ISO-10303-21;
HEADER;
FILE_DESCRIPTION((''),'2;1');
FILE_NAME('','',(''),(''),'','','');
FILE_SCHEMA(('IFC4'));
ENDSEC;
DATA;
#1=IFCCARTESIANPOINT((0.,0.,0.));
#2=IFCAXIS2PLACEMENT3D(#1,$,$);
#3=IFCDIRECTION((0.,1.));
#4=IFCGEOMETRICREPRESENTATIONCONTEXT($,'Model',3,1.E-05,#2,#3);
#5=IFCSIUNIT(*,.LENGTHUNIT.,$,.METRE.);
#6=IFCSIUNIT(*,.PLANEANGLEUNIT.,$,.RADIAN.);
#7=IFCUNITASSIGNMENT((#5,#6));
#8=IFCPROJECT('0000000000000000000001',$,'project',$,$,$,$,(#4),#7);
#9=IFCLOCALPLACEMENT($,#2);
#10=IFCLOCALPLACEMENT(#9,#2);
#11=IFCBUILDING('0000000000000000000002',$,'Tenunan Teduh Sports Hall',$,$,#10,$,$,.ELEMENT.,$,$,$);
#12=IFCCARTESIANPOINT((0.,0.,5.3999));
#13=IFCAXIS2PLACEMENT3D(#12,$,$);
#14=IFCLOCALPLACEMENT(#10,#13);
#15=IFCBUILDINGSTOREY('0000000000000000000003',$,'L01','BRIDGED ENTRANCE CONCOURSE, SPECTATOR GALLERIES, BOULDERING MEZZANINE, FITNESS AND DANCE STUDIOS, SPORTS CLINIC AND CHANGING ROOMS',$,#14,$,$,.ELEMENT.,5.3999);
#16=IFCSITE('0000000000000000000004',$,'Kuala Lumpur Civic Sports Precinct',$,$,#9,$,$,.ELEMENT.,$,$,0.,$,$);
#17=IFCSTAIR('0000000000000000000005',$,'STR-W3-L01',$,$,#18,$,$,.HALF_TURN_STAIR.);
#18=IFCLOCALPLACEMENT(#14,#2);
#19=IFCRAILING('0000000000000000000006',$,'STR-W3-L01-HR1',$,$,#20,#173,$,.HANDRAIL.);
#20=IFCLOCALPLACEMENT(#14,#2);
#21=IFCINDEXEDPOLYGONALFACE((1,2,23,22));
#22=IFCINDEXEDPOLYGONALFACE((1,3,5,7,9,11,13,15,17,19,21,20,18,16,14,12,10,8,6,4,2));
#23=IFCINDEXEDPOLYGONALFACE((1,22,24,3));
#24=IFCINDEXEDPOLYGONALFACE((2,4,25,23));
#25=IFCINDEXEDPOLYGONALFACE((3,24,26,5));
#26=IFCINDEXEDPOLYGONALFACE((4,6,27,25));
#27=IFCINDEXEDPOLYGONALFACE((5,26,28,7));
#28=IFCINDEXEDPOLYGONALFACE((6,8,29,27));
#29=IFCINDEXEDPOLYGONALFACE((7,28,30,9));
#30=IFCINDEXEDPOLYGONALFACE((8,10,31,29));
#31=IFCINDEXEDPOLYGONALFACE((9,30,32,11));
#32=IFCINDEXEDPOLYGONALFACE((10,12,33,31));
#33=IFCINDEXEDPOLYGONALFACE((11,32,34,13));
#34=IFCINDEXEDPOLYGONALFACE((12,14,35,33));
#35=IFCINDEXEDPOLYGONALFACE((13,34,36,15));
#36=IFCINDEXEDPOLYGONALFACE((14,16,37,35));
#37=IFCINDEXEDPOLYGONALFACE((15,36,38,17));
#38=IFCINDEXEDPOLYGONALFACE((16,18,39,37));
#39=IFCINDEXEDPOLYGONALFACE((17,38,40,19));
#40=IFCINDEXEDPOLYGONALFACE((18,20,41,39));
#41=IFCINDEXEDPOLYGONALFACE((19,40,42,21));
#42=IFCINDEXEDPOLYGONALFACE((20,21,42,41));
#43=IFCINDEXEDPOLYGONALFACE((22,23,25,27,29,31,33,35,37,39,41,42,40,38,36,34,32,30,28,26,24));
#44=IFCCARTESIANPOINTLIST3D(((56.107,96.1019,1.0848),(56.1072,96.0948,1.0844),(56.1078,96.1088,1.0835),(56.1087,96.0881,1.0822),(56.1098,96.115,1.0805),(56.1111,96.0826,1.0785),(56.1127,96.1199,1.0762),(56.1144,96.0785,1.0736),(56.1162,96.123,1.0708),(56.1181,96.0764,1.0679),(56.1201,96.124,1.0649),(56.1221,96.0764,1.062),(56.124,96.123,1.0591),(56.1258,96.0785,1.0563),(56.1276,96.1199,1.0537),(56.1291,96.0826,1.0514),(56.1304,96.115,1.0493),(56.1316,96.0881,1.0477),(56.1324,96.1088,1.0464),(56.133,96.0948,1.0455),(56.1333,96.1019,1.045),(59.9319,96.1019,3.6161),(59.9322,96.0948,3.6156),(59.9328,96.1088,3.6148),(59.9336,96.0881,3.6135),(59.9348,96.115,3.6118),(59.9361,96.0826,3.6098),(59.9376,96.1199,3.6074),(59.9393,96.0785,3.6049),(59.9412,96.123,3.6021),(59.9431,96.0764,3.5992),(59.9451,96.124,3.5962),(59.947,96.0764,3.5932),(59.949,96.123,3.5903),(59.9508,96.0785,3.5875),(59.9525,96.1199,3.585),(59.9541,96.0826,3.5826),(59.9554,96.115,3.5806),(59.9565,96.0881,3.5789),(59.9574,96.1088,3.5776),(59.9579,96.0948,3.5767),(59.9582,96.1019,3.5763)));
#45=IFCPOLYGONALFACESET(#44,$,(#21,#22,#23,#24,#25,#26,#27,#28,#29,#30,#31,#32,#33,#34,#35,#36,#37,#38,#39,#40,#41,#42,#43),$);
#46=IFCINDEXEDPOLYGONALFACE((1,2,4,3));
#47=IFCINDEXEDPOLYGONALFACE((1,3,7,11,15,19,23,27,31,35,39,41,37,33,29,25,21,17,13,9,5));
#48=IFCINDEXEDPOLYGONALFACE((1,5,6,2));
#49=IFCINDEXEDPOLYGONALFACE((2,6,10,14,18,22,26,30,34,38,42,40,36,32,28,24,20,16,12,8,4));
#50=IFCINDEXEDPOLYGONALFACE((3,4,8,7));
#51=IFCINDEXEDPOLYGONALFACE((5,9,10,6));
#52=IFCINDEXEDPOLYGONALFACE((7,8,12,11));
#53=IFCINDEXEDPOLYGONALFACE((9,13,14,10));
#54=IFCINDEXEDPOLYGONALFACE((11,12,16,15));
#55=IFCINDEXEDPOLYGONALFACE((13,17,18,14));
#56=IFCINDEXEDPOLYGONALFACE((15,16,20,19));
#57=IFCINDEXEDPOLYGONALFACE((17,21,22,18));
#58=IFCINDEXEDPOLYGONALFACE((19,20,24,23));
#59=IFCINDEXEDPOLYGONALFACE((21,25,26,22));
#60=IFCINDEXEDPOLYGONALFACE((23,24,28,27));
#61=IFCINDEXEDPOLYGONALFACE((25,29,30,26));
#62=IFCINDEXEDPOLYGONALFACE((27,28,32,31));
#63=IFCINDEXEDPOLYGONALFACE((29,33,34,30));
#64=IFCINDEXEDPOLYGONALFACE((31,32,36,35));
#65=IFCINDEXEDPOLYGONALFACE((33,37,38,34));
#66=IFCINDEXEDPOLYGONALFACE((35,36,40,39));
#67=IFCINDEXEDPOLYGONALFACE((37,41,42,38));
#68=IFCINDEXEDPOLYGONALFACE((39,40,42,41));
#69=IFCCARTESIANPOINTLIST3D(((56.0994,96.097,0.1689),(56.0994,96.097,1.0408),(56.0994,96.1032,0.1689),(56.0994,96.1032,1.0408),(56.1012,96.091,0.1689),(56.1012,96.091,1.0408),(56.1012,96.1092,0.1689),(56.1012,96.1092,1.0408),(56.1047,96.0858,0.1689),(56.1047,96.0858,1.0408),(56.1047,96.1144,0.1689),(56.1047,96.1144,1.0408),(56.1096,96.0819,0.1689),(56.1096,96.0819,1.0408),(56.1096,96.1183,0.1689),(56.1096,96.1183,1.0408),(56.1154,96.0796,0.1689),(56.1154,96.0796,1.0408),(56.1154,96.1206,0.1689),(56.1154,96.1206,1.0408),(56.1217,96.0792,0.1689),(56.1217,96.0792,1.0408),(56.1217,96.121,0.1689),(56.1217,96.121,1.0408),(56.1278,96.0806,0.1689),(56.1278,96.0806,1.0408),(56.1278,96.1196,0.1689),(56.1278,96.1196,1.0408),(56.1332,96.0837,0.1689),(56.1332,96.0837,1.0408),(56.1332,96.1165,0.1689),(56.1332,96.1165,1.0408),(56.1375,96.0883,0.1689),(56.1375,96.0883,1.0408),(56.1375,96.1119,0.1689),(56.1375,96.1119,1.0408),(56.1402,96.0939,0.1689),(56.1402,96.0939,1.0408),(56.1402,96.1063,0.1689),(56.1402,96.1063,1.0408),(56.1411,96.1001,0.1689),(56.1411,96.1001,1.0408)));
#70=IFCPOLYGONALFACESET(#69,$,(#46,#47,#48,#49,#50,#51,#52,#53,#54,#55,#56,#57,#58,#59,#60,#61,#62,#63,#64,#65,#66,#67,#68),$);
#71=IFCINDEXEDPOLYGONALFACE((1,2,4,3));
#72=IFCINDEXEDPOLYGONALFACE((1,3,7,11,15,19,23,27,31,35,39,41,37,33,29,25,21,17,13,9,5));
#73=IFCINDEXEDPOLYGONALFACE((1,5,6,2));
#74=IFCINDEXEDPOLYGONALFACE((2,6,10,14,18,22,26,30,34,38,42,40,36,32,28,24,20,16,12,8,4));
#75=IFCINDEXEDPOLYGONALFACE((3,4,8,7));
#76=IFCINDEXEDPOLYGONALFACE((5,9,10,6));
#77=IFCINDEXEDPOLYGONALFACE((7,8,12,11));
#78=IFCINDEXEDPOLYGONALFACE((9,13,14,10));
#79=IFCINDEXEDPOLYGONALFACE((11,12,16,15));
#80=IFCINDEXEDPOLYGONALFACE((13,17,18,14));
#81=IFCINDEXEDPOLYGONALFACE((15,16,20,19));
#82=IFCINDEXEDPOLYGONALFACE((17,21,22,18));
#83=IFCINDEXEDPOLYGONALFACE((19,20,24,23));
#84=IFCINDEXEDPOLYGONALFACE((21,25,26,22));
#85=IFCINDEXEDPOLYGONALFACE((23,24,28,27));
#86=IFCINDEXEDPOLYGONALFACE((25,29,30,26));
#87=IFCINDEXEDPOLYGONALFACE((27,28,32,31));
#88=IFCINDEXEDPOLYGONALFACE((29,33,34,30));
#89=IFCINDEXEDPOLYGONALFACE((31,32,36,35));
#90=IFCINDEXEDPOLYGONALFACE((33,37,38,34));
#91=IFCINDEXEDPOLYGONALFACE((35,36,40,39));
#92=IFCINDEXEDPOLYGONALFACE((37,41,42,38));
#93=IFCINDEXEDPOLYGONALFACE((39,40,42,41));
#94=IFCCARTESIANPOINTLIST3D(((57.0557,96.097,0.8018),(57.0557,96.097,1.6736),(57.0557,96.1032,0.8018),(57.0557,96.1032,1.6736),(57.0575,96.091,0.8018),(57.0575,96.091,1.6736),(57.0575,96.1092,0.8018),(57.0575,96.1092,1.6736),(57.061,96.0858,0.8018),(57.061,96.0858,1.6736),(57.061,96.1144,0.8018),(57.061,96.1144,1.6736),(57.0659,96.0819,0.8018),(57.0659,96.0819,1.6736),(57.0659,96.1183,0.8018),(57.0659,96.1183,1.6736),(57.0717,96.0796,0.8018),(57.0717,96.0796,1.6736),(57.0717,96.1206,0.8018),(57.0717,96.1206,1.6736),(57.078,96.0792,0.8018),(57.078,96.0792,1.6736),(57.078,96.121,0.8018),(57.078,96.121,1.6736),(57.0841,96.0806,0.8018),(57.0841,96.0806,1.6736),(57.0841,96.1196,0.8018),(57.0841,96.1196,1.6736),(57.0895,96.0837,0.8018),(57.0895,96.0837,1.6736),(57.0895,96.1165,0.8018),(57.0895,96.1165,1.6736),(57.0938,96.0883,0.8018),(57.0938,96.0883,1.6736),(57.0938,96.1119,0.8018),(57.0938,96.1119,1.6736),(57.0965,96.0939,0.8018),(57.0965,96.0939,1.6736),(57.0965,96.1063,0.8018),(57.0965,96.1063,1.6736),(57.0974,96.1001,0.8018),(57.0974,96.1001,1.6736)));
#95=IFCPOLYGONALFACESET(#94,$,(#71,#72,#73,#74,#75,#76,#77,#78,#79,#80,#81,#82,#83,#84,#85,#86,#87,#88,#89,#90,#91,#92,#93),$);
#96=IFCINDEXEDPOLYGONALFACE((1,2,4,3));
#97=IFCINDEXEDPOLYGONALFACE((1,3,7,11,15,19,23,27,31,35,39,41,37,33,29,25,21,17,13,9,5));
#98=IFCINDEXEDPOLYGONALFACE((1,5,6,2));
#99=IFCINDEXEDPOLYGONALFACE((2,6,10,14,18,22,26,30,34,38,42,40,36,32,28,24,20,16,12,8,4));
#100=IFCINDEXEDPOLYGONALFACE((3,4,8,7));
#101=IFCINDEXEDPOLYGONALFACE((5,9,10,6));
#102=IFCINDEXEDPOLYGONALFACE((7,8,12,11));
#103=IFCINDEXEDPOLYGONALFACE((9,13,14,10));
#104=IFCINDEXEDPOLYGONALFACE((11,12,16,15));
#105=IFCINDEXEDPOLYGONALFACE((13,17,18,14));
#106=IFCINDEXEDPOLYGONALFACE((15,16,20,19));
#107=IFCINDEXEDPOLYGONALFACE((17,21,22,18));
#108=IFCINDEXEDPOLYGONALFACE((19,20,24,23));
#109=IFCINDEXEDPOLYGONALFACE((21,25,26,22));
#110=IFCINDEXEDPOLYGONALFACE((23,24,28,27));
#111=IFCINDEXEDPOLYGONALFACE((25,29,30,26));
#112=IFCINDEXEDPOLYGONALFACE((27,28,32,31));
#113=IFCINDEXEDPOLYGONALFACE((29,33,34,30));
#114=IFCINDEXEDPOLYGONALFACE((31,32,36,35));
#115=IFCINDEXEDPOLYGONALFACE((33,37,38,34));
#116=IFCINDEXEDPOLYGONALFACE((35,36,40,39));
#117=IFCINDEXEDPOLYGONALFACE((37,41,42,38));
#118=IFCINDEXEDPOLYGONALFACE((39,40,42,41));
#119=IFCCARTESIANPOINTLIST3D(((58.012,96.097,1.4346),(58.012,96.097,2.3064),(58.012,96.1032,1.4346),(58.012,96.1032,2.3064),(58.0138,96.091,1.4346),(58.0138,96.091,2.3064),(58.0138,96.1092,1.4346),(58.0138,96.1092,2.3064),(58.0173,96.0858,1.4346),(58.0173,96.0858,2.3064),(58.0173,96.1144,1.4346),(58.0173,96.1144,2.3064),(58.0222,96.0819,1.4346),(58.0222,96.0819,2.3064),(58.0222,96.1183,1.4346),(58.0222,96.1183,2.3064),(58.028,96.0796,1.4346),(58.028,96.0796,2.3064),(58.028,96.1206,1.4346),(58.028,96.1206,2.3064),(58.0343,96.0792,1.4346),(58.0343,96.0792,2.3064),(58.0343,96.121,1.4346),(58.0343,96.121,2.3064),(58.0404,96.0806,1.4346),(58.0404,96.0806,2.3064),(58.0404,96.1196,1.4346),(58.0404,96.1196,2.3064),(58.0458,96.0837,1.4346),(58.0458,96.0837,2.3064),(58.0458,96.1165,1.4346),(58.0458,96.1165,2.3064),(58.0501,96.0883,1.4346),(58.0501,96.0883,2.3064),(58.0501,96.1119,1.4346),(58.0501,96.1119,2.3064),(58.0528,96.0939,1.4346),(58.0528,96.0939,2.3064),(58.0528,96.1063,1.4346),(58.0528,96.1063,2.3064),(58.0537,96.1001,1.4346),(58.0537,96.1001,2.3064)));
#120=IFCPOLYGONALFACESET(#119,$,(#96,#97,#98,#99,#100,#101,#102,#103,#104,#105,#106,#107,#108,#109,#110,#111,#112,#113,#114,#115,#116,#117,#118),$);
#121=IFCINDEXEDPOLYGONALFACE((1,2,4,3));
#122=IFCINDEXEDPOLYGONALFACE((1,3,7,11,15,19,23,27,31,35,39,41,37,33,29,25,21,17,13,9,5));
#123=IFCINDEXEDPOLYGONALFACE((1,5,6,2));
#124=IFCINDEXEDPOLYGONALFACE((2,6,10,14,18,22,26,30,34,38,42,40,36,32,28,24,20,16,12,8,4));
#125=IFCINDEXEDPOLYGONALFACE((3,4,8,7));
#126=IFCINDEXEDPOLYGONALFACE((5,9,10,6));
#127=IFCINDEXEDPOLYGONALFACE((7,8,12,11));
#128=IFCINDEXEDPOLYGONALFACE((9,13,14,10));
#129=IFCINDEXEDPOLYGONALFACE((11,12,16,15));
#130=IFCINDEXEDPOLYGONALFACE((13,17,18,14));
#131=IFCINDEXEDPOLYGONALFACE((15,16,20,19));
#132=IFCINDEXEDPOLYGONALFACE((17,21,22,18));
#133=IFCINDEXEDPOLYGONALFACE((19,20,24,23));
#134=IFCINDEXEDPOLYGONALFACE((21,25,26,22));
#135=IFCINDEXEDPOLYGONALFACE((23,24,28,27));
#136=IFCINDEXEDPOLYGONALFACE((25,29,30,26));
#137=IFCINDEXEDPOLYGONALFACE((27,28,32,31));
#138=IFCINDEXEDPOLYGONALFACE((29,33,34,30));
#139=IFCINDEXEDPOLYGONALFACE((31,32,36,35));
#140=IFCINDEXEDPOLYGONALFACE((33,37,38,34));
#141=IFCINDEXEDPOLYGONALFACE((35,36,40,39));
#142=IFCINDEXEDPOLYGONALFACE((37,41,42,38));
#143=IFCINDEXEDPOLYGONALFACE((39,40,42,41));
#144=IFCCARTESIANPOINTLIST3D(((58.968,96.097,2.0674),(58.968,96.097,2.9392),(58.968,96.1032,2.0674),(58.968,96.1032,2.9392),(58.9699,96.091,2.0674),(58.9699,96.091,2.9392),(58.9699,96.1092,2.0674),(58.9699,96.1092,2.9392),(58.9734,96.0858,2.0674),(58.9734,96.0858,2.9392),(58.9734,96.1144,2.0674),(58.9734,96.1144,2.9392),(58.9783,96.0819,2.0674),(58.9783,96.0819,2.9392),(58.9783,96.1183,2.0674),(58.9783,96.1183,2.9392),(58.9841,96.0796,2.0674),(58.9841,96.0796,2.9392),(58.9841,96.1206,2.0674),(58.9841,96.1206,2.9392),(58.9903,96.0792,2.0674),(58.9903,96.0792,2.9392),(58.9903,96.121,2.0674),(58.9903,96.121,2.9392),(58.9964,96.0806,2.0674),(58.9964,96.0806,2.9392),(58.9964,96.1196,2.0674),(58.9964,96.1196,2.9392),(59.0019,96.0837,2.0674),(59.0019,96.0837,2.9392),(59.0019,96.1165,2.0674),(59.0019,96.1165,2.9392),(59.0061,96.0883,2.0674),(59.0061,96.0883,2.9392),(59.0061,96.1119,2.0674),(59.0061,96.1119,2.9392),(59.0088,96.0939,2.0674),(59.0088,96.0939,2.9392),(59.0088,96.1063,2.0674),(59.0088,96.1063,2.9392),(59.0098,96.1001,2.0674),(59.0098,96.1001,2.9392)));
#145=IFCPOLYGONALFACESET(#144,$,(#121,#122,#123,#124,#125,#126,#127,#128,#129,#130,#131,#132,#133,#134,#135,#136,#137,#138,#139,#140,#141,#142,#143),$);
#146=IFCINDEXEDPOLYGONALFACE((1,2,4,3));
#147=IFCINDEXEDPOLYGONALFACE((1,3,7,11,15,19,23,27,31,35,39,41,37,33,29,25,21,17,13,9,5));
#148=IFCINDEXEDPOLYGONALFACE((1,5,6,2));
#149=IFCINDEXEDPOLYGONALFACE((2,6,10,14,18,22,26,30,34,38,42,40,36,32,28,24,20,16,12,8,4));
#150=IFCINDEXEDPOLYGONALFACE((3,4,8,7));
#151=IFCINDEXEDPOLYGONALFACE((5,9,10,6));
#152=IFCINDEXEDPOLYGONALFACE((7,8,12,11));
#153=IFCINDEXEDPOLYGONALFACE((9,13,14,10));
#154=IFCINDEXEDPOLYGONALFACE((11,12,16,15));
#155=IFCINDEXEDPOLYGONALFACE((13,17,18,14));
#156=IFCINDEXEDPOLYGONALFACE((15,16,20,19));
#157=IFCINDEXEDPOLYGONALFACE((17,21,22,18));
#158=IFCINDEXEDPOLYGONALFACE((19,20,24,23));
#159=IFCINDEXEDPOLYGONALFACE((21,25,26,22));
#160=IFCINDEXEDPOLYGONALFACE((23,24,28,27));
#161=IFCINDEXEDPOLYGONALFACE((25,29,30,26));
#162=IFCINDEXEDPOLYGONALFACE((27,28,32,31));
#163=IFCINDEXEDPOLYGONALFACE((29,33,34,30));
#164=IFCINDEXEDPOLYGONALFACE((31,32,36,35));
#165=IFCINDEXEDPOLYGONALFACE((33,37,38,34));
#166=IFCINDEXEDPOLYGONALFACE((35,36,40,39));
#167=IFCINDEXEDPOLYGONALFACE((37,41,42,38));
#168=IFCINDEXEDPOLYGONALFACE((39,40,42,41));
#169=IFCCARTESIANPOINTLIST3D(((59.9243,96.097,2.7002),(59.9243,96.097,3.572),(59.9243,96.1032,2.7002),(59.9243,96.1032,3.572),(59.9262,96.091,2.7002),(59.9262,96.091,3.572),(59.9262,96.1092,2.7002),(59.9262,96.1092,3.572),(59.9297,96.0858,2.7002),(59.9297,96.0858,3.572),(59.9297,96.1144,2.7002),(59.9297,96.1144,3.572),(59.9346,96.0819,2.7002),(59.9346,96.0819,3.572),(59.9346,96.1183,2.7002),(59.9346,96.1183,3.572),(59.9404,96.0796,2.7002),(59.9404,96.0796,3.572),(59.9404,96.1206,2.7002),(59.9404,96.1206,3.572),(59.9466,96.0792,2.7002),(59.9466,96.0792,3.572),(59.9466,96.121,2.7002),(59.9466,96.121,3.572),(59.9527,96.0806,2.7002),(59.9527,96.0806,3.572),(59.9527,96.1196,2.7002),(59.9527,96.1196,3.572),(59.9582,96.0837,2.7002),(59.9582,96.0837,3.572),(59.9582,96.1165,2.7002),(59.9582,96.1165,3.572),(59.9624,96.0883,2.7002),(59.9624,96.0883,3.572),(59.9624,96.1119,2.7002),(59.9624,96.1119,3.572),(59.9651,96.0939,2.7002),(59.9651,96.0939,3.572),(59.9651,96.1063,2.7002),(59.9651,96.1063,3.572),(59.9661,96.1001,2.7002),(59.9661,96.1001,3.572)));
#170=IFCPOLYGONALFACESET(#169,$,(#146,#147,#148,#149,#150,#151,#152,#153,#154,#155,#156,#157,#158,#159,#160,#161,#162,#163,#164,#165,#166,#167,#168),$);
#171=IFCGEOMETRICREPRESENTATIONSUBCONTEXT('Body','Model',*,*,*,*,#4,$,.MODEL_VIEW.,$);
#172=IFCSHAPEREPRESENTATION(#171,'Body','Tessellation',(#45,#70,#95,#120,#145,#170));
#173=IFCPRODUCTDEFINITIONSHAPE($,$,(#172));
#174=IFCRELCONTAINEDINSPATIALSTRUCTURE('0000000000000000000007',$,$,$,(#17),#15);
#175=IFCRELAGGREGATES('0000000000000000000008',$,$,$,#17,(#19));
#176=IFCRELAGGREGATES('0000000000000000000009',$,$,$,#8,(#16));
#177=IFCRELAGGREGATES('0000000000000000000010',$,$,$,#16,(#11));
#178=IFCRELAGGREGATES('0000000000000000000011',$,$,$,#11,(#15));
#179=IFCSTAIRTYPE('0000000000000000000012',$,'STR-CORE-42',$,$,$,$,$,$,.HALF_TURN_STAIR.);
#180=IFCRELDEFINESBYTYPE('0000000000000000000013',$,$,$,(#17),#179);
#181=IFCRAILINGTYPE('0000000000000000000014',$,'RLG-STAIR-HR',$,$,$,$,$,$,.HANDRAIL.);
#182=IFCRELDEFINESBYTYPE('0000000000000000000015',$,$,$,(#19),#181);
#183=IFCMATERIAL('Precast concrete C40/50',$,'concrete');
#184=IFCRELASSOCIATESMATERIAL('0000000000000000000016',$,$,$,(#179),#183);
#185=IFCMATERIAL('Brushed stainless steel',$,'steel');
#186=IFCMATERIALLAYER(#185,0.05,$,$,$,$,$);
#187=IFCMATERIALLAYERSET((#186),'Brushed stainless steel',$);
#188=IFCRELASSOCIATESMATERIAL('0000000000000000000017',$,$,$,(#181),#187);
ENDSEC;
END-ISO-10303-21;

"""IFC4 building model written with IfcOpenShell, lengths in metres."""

from ifc_helpers import new_model, si_unit, direction, frame, origin, origin_2d, place, context, subcontext, project, spatial, circle, extrude, material, layer, layer_set, type_object, element, aggregate, save


model = new_model("IFC4")

# Units and contexts
model_context = context("Model", 3, precision=1e-05, world=origin(), true_north=direction((0.0, 1.0)))
body_context = subcontext(model_context, "Body", "Model", "MODEL_VIEW")
ifc_project = project(units=[si_unit("LENGTHUNIT", "METRE"), si_unit("PLANEANGLEUNIT", "RADIAN")], contexts=[model_context])

# Site, building, storey
site_placement = place(None, origin())
site = spatial("IfcSite", under=ifc_project, at=site_placement, Name="Kuala Lumpur Civic Sports Precinct", CompositionType="ELEMENT", RefElevation=0.0)
building_placement = place(site_placement, origin())
building = spatial("IfcBuilding", under=site, at=building_placement, Name="Tenunan Teduh Sports Hall", CompositionType="ELEMENT")
storey_placement = place(building_placement, frame((0.0, 0.0, 5.3999)))
storey = spatial("IfcBuildingStorey", under=building, at=storey_placement, Name="L01", Description="BRIDGED ENTRANCE CONCOURSE, SPECTATOR GALLERIES, BOULDERING MEZZANINE, FITNESS AND DANCE STUDIOS, SPORTS CLINIC AND CHANGING ROOMS", CompositionType="ELEMENT", Elevation=5.3999)

# Stair
ifc_material_1 = material(Name="Precast concrete C40/50", Category="concrete")
stair_type = type_object("IfcStairType", Name="STR-CORE-42", PredefinedType="HALF_TURN_STAIR", material=ifc_material_1)
stair_placement = place(storey_placement, origin())
stair = element("IfcStair", 1, at=stair_placement, inside=storey, type_object=stair_type, Name="STR-W3-L01", PredefinedType="HALF_TURN_STAIR")

# Railing
ifc_material_2 = material(Name="Brushed stainless steel", Category="steel")
ifc_layer_1 = layer(ifc_material_2, 0.05)
ifc_layer_set_1 = layer_set([ifc_layer_1], Name="Brushed stainless steel")
railing_type_1 = type_object("IfcRailingType", Name="RLG-STAIR-HR", PredefinedType="HANDRAIL", material=ifc_layer_set_1)
railing_1_placement = place(storey_placement, frame((56.1201, 96.1001, 0.1689)))
railing_1 = element("IfcRailing", 2, at=railing_1_placement, type_object=railing_type_1, Name="STR-W3-L01-HR1", PredefinedType="HANDRAIL", context=body_context, shape_type="SweptSolid", body=[
    extrude(circle(Radius=0.0239, at=origin_2d()), frame((0.0, 0.0, 0.896), z_axis=(0.833929, 0.0, 0.551872), x_axis=(0.0, 1.0, 0.0)), (0.0, 0.0, 1.0), 4.5867),
    extrude(circle(Radius=0.021, at=origin_2d()), origin(), (0.0, 0.0, 1.0), 0.8718),
    extrude(circle(Radius=0.021, at=origin_2d()), frame((0.9563, 0.0, 0.6328)), (0.0, 0.0, 1.0), 0.8718),
    extrude(circle(Radius=0.021, at=origin_2d()), frame((1.9126, 0.0, 1.2656)), (0.0, 0.0, 1.0), 0.8718),
    extrude(circle(Radius=0.021, at=origin_2d()), frame((2.8687, 0.0, 1.8984)), (0.0, 0.0, 1.0), 0.8718),
    extrude(circle(Radius=0.021, at=origin_2d()), frame((3.825, 0.0, 2.5312)), (0.0, 0.0, 1.0), 0.8718),
])
aggregate(stair, [railing_1])

save(model, "model.ifc")
